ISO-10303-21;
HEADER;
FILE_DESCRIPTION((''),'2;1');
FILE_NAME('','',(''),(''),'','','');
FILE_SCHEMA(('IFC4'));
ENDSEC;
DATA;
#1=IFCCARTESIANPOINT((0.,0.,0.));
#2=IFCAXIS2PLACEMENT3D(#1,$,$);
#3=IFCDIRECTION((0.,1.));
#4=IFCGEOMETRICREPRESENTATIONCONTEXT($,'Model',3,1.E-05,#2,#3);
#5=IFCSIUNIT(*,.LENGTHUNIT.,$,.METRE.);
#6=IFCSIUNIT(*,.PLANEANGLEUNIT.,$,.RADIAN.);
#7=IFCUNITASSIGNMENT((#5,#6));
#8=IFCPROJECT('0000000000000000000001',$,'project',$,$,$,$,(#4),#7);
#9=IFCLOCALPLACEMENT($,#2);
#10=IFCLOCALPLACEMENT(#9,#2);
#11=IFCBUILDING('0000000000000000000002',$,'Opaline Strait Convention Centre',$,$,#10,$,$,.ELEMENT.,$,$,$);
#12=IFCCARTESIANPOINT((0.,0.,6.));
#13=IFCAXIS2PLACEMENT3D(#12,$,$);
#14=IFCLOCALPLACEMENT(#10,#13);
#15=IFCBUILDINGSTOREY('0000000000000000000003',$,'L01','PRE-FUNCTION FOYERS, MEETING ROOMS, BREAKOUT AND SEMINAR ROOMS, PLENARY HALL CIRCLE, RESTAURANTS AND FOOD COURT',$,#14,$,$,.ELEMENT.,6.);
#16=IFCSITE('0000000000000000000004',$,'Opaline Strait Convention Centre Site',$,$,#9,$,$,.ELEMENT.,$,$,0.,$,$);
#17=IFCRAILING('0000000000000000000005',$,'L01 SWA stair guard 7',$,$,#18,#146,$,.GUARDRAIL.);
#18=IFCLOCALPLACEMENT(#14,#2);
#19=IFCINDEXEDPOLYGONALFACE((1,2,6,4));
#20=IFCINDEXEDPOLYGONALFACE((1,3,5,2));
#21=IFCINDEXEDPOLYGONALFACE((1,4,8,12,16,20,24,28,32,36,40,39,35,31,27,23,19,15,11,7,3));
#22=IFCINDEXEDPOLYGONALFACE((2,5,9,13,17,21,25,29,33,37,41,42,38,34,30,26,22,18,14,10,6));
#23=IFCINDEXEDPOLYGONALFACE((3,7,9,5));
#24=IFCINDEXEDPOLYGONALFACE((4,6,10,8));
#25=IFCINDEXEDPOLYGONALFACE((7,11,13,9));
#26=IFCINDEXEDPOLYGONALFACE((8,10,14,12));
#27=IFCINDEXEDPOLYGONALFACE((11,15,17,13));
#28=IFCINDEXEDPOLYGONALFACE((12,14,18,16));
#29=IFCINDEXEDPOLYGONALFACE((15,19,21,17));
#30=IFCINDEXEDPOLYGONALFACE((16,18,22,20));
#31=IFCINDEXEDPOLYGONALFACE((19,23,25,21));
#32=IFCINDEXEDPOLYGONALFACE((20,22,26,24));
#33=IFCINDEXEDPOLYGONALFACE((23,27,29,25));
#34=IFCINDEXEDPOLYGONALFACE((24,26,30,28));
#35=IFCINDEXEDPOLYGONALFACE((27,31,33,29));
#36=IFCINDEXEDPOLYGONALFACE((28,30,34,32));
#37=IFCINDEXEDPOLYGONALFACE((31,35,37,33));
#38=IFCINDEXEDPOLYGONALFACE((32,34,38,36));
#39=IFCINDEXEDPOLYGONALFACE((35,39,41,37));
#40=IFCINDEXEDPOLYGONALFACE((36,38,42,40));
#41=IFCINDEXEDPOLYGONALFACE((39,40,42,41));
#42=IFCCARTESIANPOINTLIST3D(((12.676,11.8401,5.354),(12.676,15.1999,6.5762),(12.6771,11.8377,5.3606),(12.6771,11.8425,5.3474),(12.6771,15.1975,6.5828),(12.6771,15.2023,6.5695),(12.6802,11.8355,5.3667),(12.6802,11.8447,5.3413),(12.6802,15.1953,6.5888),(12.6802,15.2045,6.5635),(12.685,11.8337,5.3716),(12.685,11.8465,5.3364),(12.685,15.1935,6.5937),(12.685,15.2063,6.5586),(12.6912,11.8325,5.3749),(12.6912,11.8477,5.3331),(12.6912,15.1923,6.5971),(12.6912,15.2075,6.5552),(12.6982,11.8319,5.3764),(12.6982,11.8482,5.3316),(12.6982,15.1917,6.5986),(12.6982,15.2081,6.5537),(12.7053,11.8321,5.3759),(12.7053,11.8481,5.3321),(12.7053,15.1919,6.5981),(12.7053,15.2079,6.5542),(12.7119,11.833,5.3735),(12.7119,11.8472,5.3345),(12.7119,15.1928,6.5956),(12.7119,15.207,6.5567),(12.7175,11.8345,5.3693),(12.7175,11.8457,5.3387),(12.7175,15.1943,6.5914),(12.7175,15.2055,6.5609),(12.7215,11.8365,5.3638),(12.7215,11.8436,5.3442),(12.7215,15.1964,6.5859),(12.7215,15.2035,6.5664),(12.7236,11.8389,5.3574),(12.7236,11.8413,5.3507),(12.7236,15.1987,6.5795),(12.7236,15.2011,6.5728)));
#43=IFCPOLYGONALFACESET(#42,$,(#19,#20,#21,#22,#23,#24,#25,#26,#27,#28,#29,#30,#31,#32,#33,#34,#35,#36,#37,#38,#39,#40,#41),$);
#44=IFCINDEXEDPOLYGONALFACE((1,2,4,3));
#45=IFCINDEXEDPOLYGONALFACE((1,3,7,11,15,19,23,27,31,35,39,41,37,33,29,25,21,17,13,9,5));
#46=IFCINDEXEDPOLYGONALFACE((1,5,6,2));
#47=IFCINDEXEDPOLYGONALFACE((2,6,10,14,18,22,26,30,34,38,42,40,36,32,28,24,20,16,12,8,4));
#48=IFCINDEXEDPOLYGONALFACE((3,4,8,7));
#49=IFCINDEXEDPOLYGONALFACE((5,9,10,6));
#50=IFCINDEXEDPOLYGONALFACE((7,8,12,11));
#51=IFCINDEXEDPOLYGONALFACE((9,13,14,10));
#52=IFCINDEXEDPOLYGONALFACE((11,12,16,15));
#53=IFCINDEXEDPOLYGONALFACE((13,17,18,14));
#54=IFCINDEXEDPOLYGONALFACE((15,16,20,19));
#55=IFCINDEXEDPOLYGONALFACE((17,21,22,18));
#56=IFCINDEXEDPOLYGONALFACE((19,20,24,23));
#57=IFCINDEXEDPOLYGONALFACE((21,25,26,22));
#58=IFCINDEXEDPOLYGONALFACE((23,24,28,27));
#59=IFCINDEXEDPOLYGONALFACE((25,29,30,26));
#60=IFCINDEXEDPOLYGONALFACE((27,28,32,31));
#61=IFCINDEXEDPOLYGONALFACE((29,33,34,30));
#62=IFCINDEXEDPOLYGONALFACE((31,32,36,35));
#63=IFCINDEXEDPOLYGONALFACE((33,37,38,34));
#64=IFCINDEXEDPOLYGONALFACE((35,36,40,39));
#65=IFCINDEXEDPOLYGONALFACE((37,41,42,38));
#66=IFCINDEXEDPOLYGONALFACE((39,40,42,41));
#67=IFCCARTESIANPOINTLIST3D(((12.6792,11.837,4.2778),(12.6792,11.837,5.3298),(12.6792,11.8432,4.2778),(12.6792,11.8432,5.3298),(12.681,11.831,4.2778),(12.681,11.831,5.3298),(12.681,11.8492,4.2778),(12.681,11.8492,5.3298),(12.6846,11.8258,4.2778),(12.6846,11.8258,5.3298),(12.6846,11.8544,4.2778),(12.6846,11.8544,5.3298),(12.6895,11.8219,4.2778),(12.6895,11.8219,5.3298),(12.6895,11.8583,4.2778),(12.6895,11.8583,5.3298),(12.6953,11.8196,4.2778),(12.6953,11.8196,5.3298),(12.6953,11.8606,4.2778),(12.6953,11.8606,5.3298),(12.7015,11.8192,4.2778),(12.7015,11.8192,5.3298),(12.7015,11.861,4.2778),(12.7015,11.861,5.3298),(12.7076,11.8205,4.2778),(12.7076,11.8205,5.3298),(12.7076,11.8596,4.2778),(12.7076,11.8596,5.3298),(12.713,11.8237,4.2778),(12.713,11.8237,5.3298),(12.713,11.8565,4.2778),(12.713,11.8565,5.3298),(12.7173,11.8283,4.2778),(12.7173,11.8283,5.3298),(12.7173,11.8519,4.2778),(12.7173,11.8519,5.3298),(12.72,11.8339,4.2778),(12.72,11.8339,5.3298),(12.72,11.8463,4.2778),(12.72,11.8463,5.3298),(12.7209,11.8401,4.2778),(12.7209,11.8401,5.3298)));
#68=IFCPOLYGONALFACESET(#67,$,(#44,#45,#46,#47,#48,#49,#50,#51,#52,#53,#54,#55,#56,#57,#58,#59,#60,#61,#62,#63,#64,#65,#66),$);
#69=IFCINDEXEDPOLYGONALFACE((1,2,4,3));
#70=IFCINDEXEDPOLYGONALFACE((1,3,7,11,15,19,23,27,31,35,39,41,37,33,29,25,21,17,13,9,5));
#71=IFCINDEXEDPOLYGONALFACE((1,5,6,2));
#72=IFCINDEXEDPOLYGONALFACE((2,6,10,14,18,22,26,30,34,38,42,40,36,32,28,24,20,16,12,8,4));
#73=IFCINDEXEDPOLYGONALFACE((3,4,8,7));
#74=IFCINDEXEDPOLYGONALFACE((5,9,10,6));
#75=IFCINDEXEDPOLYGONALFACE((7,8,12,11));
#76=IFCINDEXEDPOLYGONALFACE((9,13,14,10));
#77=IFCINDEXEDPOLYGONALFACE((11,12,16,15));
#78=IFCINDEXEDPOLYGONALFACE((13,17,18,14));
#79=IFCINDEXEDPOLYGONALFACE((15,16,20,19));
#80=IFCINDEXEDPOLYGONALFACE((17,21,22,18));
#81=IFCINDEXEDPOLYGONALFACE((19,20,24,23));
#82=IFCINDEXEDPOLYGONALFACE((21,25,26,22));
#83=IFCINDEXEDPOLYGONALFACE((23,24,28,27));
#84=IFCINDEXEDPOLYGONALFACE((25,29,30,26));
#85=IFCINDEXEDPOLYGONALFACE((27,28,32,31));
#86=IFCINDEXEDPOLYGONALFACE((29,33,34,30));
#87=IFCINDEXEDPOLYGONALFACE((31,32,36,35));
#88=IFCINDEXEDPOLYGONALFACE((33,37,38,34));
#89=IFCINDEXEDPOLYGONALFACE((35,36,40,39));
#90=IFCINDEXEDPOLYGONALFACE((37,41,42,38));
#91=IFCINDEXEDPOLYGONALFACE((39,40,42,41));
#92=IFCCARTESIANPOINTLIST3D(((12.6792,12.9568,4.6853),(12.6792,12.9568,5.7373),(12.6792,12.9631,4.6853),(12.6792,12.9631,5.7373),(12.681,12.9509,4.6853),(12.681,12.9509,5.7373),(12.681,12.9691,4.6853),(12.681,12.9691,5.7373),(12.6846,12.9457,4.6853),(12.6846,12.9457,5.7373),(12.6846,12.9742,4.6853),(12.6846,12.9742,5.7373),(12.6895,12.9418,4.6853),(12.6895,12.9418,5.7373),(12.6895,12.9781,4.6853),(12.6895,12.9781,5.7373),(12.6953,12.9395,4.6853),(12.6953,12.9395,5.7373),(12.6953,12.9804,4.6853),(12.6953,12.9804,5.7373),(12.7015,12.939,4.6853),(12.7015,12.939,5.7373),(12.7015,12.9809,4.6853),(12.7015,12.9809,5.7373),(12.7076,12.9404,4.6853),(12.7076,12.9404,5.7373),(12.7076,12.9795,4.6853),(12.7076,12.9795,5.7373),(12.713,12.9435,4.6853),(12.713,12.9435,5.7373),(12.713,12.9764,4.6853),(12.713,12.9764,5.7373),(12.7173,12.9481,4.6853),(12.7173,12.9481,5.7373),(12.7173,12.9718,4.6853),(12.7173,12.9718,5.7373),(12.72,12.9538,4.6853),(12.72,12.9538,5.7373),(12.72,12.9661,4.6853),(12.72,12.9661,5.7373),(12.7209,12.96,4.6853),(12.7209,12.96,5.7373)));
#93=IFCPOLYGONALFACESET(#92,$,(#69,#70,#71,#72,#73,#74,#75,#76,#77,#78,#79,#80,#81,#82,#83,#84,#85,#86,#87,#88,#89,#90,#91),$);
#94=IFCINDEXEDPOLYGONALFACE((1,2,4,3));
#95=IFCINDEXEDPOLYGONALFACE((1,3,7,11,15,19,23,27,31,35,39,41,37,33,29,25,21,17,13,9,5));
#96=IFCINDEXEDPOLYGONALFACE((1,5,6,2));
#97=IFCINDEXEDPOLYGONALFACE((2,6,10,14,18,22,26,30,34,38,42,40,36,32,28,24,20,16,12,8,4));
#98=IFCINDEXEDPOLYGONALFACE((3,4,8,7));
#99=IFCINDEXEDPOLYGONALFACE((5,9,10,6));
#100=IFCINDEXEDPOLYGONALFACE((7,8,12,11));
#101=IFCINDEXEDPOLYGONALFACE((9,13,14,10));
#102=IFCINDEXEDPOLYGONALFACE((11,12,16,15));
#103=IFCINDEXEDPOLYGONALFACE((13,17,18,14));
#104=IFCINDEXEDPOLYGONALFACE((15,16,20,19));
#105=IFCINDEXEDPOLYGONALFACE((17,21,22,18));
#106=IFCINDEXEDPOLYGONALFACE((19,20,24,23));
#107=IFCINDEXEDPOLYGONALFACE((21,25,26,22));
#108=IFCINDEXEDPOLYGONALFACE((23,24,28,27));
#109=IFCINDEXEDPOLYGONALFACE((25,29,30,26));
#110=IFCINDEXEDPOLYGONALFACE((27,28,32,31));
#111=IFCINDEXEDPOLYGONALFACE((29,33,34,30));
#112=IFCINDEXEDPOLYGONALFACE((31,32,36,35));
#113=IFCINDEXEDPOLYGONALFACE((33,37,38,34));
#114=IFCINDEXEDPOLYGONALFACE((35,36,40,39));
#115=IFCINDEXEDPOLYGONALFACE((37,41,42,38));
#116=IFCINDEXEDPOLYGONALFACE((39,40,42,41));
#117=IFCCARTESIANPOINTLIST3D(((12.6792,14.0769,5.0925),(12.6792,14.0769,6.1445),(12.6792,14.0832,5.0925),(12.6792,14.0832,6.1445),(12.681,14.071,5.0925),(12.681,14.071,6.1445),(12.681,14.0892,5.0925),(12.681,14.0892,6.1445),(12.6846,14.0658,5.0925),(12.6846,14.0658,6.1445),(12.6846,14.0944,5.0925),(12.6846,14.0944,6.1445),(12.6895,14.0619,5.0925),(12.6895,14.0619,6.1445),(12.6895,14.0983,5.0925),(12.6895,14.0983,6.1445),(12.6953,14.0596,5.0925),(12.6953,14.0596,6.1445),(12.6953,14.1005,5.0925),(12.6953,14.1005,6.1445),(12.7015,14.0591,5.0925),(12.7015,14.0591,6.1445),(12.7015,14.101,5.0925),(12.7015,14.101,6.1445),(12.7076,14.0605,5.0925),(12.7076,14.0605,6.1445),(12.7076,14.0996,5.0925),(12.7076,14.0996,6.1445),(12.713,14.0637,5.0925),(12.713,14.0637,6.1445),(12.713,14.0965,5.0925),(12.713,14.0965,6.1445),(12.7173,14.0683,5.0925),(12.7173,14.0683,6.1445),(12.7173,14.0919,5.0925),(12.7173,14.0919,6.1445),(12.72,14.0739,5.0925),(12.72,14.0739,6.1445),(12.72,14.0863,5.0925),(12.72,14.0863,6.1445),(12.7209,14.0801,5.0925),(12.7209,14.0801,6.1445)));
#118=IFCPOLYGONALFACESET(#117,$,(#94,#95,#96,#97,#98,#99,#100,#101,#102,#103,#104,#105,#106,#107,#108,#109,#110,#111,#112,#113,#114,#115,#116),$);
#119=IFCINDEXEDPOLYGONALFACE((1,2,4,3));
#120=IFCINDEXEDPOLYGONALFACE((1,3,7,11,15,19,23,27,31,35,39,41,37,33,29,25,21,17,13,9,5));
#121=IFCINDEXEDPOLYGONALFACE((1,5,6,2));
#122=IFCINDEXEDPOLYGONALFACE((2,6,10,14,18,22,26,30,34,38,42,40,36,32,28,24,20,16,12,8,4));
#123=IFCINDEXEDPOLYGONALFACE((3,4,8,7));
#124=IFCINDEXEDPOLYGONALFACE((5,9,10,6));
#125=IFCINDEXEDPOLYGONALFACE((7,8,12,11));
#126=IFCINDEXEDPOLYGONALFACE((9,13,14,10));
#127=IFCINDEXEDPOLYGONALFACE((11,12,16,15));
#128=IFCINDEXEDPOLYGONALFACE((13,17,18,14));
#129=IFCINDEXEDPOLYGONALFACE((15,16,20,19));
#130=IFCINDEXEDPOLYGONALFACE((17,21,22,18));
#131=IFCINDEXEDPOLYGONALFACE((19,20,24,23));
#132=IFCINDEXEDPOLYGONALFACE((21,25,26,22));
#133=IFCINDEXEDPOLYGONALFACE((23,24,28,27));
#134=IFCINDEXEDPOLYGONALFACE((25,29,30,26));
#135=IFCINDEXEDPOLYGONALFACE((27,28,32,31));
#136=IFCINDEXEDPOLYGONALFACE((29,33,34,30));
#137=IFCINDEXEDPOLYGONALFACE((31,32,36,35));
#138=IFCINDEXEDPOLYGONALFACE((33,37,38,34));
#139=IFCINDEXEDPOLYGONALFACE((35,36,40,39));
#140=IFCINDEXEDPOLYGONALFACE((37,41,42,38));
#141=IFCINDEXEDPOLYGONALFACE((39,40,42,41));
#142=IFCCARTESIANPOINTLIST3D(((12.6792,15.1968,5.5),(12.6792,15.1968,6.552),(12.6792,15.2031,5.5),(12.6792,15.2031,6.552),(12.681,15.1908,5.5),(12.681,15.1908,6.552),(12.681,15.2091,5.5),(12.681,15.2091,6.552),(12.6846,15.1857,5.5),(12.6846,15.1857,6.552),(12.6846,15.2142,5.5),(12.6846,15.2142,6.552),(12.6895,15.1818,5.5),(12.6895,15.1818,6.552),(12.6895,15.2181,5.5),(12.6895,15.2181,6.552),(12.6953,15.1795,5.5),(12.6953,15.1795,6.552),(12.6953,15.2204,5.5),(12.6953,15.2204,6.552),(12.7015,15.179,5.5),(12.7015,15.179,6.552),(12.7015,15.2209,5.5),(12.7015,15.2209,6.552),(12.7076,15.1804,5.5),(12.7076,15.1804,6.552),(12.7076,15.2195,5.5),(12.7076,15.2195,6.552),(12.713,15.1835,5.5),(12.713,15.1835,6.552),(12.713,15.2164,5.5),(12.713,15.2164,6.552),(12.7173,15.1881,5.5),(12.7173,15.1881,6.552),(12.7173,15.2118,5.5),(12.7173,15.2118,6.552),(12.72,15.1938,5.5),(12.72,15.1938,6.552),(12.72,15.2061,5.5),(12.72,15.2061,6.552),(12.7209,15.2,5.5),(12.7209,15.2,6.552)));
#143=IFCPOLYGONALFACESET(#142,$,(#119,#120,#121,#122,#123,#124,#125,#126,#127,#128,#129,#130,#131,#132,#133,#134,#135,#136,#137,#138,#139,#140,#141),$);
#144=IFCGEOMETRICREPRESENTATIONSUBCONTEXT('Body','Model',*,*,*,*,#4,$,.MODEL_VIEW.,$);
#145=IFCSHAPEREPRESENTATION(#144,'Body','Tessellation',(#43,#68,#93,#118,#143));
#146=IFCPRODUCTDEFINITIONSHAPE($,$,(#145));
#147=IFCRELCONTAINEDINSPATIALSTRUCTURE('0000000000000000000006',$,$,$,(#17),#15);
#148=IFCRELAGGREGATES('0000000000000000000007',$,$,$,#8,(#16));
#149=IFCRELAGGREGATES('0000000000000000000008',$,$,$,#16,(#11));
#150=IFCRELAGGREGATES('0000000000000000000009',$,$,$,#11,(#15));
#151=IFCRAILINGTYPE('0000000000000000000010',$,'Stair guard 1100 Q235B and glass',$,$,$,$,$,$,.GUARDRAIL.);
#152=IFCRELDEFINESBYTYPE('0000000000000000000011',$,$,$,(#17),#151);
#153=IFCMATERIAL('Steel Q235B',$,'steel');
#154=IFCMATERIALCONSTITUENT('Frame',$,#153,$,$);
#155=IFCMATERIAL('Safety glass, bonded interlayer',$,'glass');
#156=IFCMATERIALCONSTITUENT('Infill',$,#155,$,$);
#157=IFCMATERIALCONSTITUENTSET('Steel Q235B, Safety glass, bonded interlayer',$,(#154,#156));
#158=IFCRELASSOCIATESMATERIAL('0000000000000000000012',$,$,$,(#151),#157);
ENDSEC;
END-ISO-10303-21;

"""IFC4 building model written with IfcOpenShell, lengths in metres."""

from ifc_helpers import new_model, si_unit, direction, frame, origin, origin_2d, place, context, subcontext, project, spatial, circle, extrude, material, constituent, constituent_set, type_object, element, save


model = new_model("IFC4")

# Units and contexts
model_context = context("Model", 3, precision=1e-05, world=origin(), true_north=direction((0.0, 1.0)))
body_context = subcontext(model_context, "Body", "Model", "MODEL_VIEW")
ifc_project = project(units=[si_unit("LENGTHUNIT", "METRE"), si_unit("PLANEANGLEUNIT", "RADIAN")], contexts=[model_context])

# Site, building, storey
site_placement = place(None, origin())
site = spatial("IfcSite", under=ifc_project, at=site_placement, Name="Opaline Strait Convention Centre Site", CompositionType="ELEMENT", RefElevation=0.0)
building_placement = place(site_placement, origin())
building = spatial("IfcBuilding", under=site, at=building_placement, Name="Opaline Strait Convention Centre", CompositionType="ELEMENT")
storey_placement = place(building_placement, frame((0.0, 0.0, 6.0)))
storey = spatial("IfcBuildingStorey", under=building, at=storey_placement, Name="L01", Description="PRE-FUNCTION FOYERS, MEETING ROOMS, BREAKOUT AND SEMINAR ROOMS, PLENARY HALL CIRCLE, RESTAURANTS AND FOOD COURT", CompositionType="ELEMENT", Elevation=6.0)

# Railing
ifc_material_1 = material(Name="Steel Q235B", Category="steel")
ifc_constituent_1 = constituent(ifc_material_1, Name="Frame")
ifc_material_2 = material(Name="Safety glass, bonded interlayer", Category="glass")
ifc_constituent_2 = constituent(ifc_material_2, Name="Infill")
ifc_constituent_set = constituent_set(constituents=[ifc_constituent_1, ifc_constituent_2], Name="Steel Q235B, Safety glass, bonded interlayer")
railing_type_1 = type_object("IfcRailingType", Name="Stair guard 1100 Q235B and glass", PredefinedType="GUARDRAIL", material=ifc_constituent_set)
railing_1_placement = place(storey_placement, frame((12.7, 11.8401, 4.2778)))
element("IfcRailing", 1, at=railing_1_placement, inside=storey, type_object=railing_type_1, Name="L01 SWA stair guard 7", PredefinedType="GUARDRAIL", context=body_context, shape_type="SweptSolid", body=[
    extrude(circle(Radius=0.0239, at=origin_2d()), frame((0.0, 0.0, 1.0762), z_axis=(0.0, 0.939758, 0.341842), x_axis=(-1.0, 0.0, 0.0)), (0.0, 0.0, 1.0), 3.5752),
    extrude(circle(Radius=0.021, at=origin_2d()), origin(), (0.0, 0.0, 1.0), 1.052),
    extrude(circle(Radius=0.021, at=origin_2d()), frame((0.0, 1.1199, 0.4075)), (0.0, 0.0, 1.0), 1.052),
    extrude(circle(Radius=0.021, at=origin_2d()), frame((0.0, 2.24, 0.8147)), (0.0, 0.0, 1.0), 1.052),
    extrude(circle(Radius=0.021, at=origin_2d()), frame((0.0, 3.3599, 1.2222)), (0.0, 0.0, 1.0), 1.052),
])

save(model, "model.ifc")
